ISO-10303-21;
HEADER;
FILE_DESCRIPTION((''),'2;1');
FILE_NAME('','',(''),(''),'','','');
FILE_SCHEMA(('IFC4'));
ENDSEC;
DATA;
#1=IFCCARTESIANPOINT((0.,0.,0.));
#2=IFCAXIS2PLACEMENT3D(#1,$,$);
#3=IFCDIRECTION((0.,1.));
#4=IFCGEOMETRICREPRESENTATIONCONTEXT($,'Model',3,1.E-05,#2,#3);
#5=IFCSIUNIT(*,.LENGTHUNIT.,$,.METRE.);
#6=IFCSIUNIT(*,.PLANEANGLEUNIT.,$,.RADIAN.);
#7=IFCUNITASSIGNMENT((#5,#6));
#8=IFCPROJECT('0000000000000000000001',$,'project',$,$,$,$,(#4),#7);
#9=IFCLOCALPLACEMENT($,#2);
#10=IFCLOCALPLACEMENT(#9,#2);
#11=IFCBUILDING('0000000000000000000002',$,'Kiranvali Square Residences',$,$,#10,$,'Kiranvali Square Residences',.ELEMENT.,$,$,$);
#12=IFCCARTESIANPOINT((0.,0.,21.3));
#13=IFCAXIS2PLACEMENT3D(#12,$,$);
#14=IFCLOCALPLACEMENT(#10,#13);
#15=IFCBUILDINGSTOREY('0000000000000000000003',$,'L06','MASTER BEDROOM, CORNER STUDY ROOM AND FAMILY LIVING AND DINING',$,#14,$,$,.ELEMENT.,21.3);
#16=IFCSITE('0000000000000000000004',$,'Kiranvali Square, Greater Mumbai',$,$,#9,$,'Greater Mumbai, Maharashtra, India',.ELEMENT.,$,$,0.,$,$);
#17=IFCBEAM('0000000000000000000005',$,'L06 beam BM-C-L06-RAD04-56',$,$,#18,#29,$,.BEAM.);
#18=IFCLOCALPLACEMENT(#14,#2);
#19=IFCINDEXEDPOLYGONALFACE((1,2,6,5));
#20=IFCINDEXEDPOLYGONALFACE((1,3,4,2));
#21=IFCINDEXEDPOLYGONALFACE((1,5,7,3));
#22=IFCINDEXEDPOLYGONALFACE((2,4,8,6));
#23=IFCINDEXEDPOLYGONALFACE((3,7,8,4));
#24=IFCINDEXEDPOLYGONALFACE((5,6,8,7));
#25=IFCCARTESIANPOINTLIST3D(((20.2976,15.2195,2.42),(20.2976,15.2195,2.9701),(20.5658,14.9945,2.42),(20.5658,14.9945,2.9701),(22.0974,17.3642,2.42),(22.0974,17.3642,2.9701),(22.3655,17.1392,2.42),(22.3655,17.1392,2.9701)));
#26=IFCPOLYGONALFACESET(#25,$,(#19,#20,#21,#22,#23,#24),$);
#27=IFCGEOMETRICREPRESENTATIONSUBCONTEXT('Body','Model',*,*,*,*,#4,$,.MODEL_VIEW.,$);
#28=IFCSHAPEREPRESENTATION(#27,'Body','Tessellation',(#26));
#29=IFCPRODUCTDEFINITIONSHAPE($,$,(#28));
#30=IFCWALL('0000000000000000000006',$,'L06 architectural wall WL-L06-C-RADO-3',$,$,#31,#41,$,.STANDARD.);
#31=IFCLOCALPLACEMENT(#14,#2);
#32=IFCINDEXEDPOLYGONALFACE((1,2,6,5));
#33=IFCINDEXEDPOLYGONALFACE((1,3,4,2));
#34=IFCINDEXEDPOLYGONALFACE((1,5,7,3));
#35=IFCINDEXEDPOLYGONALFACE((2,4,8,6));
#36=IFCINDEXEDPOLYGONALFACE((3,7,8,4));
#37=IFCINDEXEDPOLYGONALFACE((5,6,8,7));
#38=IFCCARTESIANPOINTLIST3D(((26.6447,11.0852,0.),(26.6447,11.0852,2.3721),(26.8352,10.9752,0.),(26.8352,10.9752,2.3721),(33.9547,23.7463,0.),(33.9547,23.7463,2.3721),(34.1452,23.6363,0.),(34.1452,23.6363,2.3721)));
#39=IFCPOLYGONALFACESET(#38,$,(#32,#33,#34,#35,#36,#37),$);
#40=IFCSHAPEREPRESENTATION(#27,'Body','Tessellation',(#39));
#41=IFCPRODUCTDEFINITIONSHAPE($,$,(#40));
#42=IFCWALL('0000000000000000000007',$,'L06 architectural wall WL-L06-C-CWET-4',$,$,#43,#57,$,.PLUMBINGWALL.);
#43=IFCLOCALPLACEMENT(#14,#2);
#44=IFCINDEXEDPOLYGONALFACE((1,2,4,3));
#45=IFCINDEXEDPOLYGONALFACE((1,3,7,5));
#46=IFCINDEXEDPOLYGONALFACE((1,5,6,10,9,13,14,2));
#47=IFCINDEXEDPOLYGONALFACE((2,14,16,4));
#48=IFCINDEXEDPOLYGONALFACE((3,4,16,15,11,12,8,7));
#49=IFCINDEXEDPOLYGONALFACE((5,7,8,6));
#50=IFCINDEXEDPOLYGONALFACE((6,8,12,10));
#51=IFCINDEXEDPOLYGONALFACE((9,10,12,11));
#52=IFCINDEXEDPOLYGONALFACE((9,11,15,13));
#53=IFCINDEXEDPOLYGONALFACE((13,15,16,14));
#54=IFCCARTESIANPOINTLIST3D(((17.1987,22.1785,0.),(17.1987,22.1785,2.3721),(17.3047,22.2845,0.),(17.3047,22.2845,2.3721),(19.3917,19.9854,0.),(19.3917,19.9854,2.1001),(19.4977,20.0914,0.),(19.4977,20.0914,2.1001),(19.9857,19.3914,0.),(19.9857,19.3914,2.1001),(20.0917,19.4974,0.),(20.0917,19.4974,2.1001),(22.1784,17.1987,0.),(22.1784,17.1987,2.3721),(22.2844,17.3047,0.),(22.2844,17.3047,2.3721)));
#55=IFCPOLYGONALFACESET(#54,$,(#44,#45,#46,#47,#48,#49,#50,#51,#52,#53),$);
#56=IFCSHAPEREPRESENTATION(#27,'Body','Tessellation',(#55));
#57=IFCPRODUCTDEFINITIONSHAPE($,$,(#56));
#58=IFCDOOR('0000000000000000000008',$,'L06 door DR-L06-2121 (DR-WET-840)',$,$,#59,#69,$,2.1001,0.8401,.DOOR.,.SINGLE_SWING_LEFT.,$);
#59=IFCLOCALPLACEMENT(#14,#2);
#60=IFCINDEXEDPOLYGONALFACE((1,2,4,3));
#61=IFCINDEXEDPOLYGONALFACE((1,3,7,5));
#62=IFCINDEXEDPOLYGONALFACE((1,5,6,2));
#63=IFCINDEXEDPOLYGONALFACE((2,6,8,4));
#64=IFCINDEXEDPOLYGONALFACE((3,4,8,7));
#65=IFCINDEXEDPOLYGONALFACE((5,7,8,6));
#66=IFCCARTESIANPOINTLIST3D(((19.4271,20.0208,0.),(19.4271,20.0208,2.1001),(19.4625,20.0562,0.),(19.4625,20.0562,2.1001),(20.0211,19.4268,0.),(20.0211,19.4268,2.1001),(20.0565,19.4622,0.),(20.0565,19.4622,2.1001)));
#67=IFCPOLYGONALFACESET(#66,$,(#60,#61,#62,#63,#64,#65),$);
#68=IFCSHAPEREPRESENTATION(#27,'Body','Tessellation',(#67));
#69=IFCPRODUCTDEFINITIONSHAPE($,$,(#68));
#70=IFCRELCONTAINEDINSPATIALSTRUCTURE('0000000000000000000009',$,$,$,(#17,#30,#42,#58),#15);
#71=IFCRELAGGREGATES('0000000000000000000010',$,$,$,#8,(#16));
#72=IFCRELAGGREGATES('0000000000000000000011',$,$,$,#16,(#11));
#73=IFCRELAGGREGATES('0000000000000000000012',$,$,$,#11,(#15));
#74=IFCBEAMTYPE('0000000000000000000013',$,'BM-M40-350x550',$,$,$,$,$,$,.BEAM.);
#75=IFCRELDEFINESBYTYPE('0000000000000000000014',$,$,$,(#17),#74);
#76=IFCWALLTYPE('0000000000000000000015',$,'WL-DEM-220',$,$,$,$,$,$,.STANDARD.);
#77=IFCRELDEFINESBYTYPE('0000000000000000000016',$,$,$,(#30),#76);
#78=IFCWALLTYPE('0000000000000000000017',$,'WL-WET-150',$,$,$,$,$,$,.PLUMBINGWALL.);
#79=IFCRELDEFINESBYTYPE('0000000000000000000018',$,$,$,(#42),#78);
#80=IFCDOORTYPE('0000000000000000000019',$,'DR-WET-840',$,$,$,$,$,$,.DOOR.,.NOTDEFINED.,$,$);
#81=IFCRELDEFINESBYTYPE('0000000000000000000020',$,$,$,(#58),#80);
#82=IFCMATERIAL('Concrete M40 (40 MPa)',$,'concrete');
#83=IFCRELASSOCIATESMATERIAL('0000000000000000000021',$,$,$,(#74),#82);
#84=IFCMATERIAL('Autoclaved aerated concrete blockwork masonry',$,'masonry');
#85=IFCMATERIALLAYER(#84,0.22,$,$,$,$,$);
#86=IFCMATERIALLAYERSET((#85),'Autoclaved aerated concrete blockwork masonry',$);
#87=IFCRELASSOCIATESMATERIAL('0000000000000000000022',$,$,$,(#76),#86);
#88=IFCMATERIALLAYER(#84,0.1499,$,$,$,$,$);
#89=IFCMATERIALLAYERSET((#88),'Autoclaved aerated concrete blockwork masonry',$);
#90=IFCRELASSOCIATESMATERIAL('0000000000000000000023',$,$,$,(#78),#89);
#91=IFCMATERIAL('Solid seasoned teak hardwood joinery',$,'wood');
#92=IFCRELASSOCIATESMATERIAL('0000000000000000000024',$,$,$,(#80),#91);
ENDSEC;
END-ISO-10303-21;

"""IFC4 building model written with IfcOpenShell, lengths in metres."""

from ifc_helpers import new_model, si_unit, direction, frame, frame_2d, origin, origin_2d, place, context, subcontext, project, spatial, rectangle, extrude, material, layer, layer_set, material_profile, profile_set, type_object, element, fill, save


model = new_model("IFC4")

# Units and contexts
model_context = context("Model", 3, precision=1e-05, world=origin(), true_north=direction((0.0, 1.0)))
body_context = subcontext(model_context, "Body", "Model", "MODEL_VIEW")
ifc_project = project(units=[si_unit("LENGTHUNIT", "METRE"), si_unit("PLANEANGLEUNIT", "RADIAN")], contexts=[model_context])

# Site, building, storey
site_placement = place(None, origin())
site = spatial("IfcSite", under=ifc_project, at=site_placement, Name="Kiranvali Square, Greater Mumbai", LongName="Greater Mumbai, Maharashtra, India", CompositionType="ELEMENT", RefElevation=0.0)
building_placement = place(site_placement, origin())
building = spatial("IfcBuilding", under=site, at=building_placement, Name="Kiranvali Square Residences", LongName="Kiranvali Square Residences", CompositionType="ELEMENT")
storey_placement = place(building_placement, frame((0.0, 0.0, 21.3)))
storey = spatial("IfcBuildingStorey", under=building, at=storey_placement, Name="L06", Description="MASTER BEDROOM, CORNER STUDY ROOM AND FAMILY LIVING AND DINING", CompositionType="ELEMENT", Elevation=21.3)

# Beam
ifc_material_1 = material(Name="Concrete M40 (40 MPa)", Category="concrete")
ifc_material_profile_1 = material_profile(ifc_material_1, rectangle(XDim=0.3501, YDim=0.55, at=origin_2d()), Name="RC 350x550")
ifc_profile_set_1 = profile_set([ifc_material_profile_1], Name="Concrete M40 (40 MPa)")
beam_type = type_object("IfcBeamType", Name="BM-M40-350x550", PredefinedType="BEAM", material=ifc_profile_set_1)
beam_1_placement = place(storey_placement, frame((22.2314, 17.2517, 2.6951), z_axis=(-0.642814, -0.766023, 0.0), x_axis=(0.766023, -0.642814, 0.0)))
element("IfcBeam", 1, at=beam_1_placement, inside=storey, type_object=beam_type, Name="L06 beam BM-C-L06-RAD04-56", PredefinedType="BEAM", context=body_context, shape_type="SweptSolid", body=[
    extrude(rectangle(XDim=0.3501, YDim=0.55, at=origin_2d()), origin(), (0.0, 0.0, 1.0), 2.7998),
])

# Wall
ifc_material_2 = material(Name="Autoclaved aerated concrete blockwork masonry", Category="masonry")
ifc_layer_1 = layer(ifc_material_2, 0.22)
ifc_layer_set_1 = layer_set([ifc_layer_1], Name="Autoclaved aerated concrete blockwork masonry")
wall_type_1 = type_object("IfcWallType", Name="WL-DEM-220", PredefinedType="STANDARD", material=ifc_layer_set_1)
wall_1_placement = place(storey_placement, frame((34.05, 23.6914, 0.0), z_axis=(0.0, 0.0, 1.0), x_axis=(-0.500008, -0.866021, 0.0)))
element("IfcWall", 2, at=wall_1_placement, inside=storey, type_object=wall_type_1, Name="L06 architectural wall WL-L06-C-RADO-3", PredefinedType="STANDARD", context=body_context, shape_type="SweptSolid", body=[
    extrude(rectangle(XDim=14.6199, YDim=0.22, at=frame_2d((7.3101, 0.0))), origin(), (0.0, 0.0, 1.0), 2.3721),
])

# Wall, opening, door
ifc_layer_2 = layer(ifc_material_2, 0.1499)
ifc_layer_set_2 = layer_set([ifc_layer_2], Name="Autoclaved aerated concrete blockwork masonry")
wall_type_2 = type_object("IfcWallType", Name="WL-WET-150", PredefinedType="PLUMBINGWALL", material=ifc_layer_set_2)
wall_2_placement = place(storey_placement, frame((22.2314, 17.2517, 0.0), z_axis=(0.0, 0.0, 1.0), x_axis=(-0.707107, 0.707107, 0.0)))
wall_2 = element("IfcWall", 3, at=wall_2_placement, inside=storey, type_object=wall_type_2, Name="L06 architectural wall WL-L06-C-CWET-4", PredefinedType="PLUMBINGWALL", context=body_context, shape_type="SweptSolid", body=[
    extrude(rectangle(XDim=7.0425, YDim=0.1499, at=frame_2d((3.5212, 0.0))), origin(), (0.0, 0.0, 1.0), 2.3721),
])
opening_placement = place(wall_2_placement, frame((3.1011, 0.0, 0.0)))
opening = element("IfcOpeningElement", 4, at=opening_placement, cuts=wall_2, PredefinedType="OPENING", context=body_context, shape_type="SweptSolid", body=[
    extrude(rectangle(XDim=0.8401, YDim=2.1001, at=frame_2d((0.4199, 1.05))), frame((0.0, 0.085, 0.0), z_axis=(0.0, -1.0, 0.0), x_axis=(1.0, 0.0, 0.0)), (0.0, 0.0, 1.0), 0.1699),
])
ifc_material_3 = material(Name="Solid seasoned teak hardwood joinery", Category="wood")
door_type = type_object("IfcDoorType", Name="DR-WET-840", OperationType="NOTDEFINED", PredefinedType="DOOR", material=ifc_material_3)
door_placement = place(opening_placement, origin())
door = element("IfcDoor", 5, at=door_placement, inside=storey, type_object=door_type, Name="L06 door DR-L06-2121 (DR-WET-840)", OperationType="SINGLE_SWING_LEFT", OverallHeight=2.1001, OverallWidth=0.8401, PredefinedType="DOOR", context=body_context, shape_type="SweptSolid", body=[
    extrude(rectangle(XDim=0.8401, YDim=2.1001, at=frame_2d((0.4199, 1.05))), frame((0.0, 0.0249, 0.0), z_axis=(0.0, -1.0, 0.0), x_axis=(1.0, 0.0, 0.0)), (0.0, 0.0, 1.0), 0.05),
])
fill(opening, door)

save(model, "model.ifc")
